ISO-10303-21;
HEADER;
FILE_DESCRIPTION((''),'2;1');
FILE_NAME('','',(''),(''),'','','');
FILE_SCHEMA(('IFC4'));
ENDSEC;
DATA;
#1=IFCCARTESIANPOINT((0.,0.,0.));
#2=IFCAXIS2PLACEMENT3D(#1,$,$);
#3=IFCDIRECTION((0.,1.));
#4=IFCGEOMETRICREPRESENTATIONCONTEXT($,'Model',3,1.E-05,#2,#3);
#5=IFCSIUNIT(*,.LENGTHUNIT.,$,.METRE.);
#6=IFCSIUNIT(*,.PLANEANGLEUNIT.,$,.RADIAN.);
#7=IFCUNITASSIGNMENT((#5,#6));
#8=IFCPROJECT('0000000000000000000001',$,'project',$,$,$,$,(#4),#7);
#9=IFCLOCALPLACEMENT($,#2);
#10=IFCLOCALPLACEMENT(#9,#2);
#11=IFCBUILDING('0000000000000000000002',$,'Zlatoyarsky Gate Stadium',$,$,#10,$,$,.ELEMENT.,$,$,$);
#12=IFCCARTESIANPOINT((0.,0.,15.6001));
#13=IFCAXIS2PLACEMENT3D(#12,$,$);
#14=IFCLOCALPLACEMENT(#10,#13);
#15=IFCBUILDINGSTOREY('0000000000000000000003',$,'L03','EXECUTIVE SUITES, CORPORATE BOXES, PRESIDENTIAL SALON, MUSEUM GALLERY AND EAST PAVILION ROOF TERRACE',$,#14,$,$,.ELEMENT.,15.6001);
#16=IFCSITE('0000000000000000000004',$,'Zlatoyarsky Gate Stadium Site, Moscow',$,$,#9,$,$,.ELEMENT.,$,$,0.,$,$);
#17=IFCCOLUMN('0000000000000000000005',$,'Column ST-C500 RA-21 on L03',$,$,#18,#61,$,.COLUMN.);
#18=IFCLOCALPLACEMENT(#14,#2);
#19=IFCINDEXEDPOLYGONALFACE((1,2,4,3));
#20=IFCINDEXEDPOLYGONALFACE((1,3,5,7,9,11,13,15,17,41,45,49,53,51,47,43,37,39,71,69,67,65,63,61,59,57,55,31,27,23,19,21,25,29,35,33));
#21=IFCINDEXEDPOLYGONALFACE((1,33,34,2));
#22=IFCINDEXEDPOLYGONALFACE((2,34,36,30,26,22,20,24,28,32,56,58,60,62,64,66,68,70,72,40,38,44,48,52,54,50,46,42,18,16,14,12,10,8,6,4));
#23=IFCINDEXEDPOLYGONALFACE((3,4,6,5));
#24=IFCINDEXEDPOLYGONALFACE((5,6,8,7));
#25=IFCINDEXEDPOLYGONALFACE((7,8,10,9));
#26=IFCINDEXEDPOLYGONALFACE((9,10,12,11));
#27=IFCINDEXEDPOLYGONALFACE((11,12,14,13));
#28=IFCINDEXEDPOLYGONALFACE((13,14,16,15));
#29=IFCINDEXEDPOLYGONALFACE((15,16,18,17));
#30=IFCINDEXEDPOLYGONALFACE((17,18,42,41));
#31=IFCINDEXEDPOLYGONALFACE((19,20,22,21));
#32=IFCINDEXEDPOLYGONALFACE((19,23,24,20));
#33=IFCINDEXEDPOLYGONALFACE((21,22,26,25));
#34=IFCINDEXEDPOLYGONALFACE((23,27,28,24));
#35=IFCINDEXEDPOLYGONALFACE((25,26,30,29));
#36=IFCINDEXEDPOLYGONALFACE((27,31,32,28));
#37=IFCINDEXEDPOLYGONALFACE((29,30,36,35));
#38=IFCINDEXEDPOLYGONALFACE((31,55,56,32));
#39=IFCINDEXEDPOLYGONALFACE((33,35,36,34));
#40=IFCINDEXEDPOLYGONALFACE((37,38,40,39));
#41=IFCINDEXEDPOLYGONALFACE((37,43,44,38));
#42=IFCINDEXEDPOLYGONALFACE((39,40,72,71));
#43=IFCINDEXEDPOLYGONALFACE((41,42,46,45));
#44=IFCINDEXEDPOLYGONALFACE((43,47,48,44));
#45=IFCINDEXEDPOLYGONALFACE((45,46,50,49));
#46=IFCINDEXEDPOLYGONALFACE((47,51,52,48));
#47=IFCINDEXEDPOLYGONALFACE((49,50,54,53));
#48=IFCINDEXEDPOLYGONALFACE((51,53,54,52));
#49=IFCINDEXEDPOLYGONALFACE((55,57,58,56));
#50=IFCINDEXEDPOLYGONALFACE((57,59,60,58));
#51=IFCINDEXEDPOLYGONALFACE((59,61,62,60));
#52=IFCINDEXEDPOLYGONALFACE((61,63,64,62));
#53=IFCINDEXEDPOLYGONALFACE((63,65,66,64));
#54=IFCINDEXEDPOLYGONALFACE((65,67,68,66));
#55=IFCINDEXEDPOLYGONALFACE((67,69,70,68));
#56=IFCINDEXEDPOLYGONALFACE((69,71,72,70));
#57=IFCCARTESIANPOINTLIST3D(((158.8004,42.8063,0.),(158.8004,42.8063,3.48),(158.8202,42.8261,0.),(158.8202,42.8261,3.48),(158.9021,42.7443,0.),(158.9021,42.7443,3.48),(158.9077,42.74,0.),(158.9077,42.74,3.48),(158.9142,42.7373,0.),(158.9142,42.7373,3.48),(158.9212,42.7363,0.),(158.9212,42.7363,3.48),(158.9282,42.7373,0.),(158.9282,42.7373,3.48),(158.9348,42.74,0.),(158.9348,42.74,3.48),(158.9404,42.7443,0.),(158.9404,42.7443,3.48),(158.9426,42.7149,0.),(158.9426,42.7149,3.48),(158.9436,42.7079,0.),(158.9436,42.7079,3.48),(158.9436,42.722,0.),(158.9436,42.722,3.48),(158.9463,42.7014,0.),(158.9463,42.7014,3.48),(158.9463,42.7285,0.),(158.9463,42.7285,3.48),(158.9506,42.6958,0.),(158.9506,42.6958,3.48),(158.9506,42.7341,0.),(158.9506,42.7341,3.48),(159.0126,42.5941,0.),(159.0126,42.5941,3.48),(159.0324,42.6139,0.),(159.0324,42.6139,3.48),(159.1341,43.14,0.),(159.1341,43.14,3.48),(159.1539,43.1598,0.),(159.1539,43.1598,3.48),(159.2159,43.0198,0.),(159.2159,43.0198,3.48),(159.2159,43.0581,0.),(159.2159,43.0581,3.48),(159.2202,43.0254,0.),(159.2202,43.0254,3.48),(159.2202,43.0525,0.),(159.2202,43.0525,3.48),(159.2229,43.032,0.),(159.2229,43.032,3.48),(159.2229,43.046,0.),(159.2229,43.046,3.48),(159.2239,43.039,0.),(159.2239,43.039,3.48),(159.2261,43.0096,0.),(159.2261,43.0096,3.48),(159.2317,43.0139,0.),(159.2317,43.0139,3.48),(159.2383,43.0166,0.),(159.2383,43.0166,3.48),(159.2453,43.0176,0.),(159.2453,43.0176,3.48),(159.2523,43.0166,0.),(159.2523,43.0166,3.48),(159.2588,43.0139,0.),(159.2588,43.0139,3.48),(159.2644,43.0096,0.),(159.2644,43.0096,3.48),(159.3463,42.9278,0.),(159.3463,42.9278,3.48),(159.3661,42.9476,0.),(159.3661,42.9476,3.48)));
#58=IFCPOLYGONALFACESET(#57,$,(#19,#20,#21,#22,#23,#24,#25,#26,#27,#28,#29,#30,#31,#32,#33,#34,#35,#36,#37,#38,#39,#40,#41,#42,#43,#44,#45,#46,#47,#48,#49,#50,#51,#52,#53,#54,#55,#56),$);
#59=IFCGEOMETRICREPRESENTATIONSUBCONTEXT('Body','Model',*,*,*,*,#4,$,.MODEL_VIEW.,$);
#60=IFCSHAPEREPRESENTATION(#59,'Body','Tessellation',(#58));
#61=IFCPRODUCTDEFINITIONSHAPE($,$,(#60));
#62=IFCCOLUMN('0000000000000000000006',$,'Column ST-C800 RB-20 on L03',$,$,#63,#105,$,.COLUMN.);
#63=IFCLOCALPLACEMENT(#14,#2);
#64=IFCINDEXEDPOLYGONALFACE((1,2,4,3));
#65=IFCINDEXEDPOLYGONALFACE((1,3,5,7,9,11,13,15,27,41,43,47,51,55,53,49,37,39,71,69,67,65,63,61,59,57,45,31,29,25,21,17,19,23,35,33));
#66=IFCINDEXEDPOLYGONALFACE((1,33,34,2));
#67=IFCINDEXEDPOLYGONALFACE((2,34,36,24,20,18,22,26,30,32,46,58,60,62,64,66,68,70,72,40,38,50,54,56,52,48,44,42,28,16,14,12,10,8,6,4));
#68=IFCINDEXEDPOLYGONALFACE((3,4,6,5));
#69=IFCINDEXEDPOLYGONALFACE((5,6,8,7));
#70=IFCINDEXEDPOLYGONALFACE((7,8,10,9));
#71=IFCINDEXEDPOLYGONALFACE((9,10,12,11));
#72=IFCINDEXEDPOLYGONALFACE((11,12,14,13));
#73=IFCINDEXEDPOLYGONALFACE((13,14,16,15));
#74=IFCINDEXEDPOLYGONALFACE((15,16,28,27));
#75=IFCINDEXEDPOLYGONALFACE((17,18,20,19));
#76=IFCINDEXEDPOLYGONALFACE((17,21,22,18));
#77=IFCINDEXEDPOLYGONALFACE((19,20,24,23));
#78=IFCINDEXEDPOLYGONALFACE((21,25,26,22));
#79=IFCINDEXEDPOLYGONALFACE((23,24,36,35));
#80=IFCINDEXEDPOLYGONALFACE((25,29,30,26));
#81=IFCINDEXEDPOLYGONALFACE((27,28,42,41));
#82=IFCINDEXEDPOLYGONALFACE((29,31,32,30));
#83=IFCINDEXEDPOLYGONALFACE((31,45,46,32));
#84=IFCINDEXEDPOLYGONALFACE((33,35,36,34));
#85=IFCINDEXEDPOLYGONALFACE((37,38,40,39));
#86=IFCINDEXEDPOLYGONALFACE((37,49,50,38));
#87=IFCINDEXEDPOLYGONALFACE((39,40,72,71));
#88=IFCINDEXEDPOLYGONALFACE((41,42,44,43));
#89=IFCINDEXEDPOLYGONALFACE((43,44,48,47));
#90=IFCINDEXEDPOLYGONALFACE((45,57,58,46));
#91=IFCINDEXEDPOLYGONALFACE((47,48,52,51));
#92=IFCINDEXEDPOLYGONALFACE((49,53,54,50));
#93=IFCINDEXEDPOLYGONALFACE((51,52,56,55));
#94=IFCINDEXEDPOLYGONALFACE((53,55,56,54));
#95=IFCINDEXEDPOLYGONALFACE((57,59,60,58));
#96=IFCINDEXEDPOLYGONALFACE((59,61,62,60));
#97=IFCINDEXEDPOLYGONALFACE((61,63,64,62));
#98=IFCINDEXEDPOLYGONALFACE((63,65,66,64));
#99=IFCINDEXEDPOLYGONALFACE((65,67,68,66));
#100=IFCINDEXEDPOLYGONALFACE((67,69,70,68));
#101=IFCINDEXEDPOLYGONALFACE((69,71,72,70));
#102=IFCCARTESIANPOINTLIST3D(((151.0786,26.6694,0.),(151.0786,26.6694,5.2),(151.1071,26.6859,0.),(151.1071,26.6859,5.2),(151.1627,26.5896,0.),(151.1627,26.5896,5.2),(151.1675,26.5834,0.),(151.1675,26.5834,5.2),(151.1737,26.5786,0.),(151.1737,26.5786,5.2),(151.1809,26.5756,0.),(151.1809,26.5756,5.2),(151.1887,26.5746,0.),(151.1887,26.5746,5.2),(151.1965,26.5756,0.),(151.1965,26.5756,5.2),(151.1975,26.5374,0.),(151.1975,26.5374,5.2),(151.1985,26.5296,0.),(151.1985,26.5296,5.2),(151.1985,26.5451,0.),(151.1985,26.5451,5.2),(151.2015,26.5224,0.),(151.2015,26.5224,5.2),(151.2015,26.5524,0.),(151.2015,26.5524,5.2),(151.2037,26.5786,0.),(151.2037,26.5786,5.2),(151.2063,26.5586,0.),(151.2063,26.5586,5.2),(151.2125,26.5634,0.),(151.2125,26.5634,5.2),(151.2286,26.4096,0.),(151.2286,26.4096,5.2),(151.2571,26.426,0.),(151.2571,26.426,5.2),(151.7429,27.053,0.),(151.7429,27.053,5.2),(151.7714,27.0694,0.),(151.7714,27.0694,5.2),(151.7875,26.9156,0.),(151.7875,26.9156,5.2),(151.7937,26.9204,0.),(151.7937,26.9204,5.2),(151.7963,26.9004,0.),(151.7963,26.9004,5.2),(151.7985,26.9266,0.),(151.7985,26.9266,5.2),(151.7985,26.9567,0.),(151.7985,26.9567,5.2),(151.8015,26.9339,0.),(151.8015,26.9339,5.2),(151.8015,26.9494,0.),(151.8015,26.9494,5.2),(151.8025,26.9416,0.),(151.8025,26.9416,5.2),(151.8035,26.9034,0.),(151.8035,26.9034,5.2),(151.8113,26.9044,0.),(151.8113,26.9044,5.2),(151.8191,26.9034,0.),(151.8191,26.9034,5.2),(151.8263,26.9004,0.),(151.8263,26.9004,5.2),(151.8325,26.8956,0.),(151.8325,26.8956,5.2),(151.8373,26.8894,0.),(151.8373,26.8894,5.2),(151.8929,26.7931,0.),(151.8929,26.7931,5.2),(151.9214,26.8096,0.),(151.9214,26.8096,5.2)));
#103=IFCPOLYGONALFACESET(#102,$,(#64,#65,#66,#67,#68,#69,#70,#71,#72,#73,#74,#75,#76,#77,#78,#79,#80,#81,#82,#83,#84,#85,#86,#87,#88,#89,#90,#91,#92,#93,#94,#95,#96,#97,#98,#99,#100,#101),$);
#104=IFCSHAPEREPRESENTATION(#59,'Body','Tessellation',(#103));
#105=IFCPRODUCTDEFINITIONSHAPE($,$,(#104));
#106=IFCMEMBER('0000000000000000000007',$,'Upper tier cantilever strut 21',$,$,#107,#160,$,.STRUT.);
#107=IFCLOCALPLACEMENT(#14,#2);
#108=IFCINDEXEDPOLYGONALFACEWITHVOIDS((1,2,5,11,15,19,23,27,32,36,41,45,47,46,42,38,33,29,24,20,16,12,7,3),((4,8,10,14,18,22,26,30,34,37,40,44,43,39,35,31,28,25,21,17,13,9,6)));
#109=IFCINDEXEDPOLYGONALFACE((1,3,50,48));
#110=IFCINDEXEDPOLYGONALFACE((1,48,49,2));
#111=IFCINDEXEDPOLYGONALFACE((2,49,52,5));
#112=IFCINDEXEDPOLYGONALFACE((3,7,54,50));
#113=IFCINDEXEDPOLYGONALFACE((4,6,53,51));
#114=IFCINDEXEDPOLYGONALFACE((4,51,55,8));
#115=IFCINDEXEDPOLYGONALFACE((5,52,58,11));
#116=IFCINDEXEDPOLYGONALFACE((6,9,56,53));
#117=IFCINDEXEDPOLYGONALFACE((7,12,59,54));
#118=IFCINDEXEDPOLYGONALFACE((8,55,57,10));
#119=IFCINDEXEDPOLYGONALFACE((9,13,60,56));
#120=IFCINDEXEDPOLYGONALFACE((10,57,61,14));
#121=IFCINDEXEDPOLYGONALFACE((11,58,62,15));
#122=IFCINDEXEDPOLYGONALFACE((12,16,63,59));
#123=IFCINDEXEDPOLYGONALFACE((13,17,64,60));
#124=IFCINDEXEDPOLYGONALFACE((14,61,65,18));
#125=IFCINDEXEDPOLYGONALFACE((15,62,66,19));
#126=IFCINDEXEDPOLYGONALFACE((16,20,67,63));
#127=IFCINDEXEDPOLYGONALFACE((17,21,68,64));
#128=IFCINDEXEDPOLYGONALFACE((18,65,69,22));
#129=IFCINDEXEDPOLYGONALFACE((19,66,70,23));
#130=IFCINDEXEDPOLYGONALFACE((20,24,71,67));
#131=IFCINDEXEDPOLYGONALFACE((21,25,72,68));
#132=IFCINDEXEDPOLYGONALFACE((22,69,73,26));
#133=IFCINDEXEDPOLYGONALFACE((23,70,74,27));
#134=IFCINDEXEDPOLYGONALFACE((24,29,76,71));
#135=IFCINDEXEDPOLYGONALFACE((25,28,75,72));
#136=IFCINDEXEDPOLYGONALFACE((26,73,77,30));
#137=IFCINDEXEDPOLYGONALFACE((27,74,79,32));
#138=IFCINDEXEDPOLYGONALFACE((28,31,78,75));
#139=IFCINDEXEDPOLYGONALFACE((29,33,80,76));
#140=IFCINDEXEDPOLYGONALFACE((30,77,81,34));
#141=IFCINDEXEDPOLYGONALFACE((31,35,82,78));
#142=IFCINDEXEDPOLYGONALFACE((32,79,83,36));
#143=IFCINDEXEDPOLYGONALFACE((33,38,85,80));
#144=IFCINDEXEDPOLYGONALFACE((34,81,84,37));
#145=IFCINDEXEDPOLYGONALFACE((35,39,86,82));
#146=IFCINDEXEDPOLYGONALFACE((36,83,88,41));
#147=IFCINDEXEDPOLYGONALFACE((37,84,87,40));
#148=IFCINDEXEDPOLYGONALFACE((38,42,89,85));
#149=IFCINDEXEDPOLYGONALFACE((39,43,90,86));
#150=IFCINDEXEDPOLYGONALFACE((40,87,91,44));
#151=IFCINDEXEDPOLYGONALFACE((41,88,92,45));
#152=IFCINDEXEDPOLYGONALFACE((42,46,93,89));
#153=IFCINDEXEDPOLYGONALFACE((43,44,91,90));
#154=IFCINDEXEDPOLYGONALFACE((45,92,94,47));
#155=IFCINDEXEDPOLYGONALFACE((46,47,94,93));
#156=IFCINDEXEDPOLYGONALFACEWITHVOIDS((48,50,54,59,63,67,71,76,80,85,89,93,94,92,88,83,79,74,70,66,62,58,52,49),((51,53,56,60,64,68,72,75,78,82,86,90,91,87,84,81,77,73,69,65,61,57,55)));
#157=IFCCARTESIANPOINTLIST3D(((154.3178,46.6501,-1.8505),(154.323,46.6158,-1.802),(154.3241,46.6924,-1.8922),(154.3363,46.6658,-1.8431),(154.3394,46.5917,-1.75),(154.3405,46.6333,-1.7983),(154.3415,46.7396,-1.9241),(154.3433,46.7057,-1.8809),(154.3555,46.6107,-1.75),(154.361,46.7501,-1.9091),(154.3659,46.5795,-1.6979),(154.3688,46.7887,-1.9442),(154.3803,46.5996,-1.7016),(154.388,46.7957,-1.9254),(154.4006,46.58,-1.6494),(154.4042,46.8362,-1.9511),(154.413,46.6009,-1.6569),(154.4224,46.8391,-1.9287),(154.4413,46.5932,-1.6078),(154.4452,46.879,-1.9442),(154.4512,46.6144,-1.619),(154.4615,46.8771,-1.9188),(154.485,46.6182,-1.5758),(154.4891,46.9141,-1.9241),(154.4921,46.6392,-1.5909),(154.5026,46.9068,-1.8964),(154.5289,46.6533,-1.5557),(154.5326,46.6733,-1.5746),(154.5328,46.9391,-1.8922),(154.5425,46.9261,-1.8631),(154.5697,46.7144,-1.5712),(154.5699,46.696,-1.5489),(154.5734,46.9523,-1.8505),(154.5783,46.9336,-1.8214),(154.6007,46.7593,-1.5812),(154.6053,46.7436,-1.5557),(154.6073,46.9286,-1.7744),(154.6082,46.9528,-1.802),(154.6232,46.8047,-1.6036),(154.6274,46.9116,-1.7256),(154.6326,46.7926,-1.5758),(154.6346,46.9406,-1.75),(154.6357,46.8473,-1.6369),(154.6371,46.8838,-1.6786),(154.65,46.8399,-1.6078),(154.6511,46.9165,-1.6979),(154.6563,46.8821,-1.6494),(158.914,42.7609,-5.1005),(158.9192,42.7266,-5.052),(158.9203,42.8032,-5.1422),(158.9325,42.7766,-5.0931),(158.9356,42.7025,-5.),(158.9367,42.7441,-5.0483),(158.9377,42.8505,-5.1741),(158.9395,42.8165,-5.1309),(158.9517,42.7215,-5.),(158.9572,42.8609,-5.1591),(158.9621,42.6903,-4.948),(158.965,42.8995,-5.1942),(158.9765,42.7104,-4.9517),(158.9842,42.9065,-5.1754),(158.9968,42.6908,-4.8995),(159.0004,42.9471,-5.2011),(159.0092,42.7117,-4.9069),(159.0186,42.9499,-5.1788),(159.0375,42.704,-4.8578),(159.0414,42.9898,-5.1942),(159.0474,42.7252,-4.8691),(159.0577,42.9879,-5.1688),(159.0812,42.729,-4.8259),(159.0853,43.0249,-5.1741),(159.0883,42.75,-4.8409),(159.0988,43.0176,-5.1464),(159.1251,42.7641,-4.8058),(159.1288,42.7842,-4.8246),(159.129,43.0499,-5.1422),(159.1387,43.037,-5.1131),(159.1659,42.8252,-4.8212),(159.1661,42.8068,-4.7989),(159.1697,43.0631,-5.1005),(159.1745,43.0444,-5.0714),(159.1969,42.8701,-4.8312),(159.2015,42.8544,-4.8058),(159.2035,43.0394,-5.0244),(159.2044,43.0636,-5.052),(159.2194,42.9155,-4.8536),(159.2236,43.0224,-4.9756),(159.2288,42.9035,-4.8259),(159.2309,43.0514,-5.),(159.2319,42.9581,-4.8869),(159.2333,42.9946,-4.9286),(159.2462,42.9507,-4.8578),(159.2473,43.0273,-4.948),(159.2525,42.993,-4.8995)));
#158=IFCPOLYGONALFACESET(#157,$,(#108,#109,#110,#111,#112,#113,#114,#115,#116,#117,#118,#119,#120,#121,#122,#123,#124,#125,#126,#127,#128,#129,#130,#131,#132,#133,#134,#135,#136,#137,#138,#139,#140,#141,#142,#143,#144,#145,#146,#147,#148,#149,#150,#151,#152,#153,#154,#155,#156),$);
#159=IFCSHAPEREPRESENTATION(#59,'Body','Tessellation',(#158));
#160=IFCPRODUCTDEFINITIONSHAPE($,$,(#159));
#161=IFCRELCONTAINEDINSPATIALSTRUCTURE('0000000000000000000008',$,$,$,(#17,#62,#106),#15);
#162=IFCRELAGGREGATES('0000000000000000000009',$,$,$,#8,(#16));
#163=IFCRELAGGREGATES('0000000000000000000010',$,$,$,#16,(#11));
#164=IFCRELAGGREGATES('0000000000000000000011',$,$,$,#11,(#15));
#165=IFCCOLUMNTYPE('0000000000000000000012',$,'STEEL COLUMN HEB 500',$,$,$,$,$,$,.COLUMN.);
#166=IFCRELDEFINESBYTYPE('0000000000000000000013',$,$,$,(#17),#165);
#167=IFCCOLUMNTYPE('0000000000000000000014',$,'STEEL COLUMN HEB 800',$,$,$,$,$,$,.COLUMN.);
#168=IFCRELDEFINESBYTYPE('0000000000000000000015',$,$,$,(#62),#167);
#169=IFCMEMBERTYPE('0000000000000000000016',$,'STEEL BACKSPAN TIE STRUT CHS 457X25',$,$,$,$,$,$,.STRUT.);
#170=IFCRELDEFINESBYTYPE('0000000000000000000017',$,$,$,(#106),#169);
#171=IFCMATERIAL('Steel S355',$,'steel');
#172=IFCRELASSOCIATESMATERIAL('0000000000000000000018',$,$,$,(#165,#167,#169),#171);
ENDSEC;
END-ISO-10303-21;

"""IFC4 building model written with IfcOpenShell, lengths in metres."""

from ifc_helpers import new_model, si_unit, direction, frame, origin, origin_2d, place, context, subcontext, project, spatial, hollow_circle, i_section, extrude, material, material_profile, profile_set, type_object, element, save


model = new_model("IFC4")

# Units and contexts
model_context = context("Model", 3, precision=1e-05, world=origin(), true_north=direction((0.0, 1.0)))
body_context = subcontext(model_context, "Body", "Model", "MODEL_VIEW")
ifc_project = project(units=[si_unit("LENGTHUNIT", "METRE"), si_unit("PLANEANGLEUNIT", "RADIAN")], contexts=[model_context])

# Site, building, storey
site_placement = place(None, origin())
site = spatial("IfcSite", under=ifc_project, at=site_placement, Name="Zlatoyarsky Gate Stadium Site, Moscow", CompositionType="ELEMENT", RefElevation=0.0)
building_placement = place(site_placement, origin())
building = spatial("IfcBuilding", under=site, at=building_placement, Name="Zlatoyarsky Gate Stadium", CompositionType="ELEMENT")
storey_placement = place(building_placement, frame((0.0, 0.0, 15.6001)))
storey = spatial("IfcBuildingStorey", under=building, at=storey_placement, Name="L03", Description="EXECUTIVE SUITES, CORPORATE BOXES, PRESIDENTIAL SALON, MUSEUM GALLERY AND EAST PAVILION ROOF TERRACE", CompositionType="ELEMENT", Elevation=15.6001)

# Columns
ifc_material_1 = material(Name="Steel S355", Category="steel")
ifc_material_profile_1 = material_profile(ifc_material_1, i_section(OverallWidth=0.3, OverallDepth=0.5, WebThickness=0.0144, FlangeThickness=0.0281, FilletRadius=0.0271, at=origin_2d()), Name="HEB 500")
ifc_profile_set_1 = profile_set([ifc_material_profile_1], Name="Steel S355")
column_type_1 = type_object("IfcColumnType", Name="STEEL COLUMN HEB 500", PredefinedType="COLUMN", material=ifc_profile_set_1)
column_1_placement = place(storey_placement, frame((159.0833, 42.877, 0.0), z_axis=(0.0, 0.0, 1.0), x_axis=(0.707107, -0.707107, 0.0)))
element("IfcColumn", 1, at=column_1_placement, inside=storey, type_object=column_type_1, Name="Column ST-C500 RA-21 on L03", PredefinedType="COLUMN", context=body_context, shape_type="SweptSolid", body=[
    extrude(i_section(OverallWidth=0.3, OverallDepth=0.5, WebThickness=0.0144, FlangeThickness=0.0281, FilletRadius=0.0271, at=origin_2d()), origin(), (0.0, 0.0, 1.0), 3.48),
])
ifc_material_profile_2 = material_profile(ifc_material_1, i_section(OverallWidth=0.3, OverallDepth=0.8, WebThickness=0.0176, FlangeThickness=0.033, FilletRadius=0.03, at=origin_2d()), Name="HEB 800")
ifc_profile_set_2 = profile_set([ifc_material_profile_2], Name="Steel S355")
column_type_2 = type_object("IfcColumnType", Name="STEEL COLUMN HEB 800", PredefinedType="COLUMN", material=ifc_profile_set_2)
column_2_placement = place(storey_placement, frame((151.5, 26.7395, 0.0), z_axis=(0.0, 0.0, 1.0), x_axis=(0.5, -0.866025, 0.0)))
element("IfcColumn", 2, at=column_2_placement, inside=storey, type_object=column_type_2, Name="Column ST-C800 RB-20 on L03", PredefinedType="COLUMN", context=body_context, shape_type="SweptSolid", body=[
    extrude(i_section(OverallWidth=0.3, OverallDepth=0.8, WebThickness=0.0176, FlangeThickness=0.033, FilletRadius=0.03, at=origin_2d()), origin(), (0.0, 0.0, 1.0), 5.2),
])

# Member
ifc_material_profile_3 = material_profile(ifc_material_1, hollow_circle(Radius=0.2285, WallThickness=0.0249, at=origin_2d()), Name="CHS 457X25")
ifc_profile_set_3 = profile_set([ifc_material_profile_3], Name="Steel S355")
member_type = type_object("IfcMemberType", Name="STEEL BACKSPAN TIE STRUT CHS 457X25", PredefinedType="STRUT", material=ifc_profile_set_3)
member_placement = place(storey_placement, frame((159.0833, 42.877, -5.0), z_axis=(-0.671761, 0.568424, 0.475007), x_axis=(-0.64595, -0.76338, 0.0)))
element("IfcMember", 3, at=member_placement, inside=storey, type_object=member_type, Name="Upper tier cantilever strut 21", PredefinedType="STRUT", context=body_context, shape_type="SweptSolid", body=[
    extrude(hollow_circle(Radius=0.2285, WallThickness=0.0249, at=origin_2d()), origin(), (0.0, 0.0, 1.0), 6.842),
])

save(model, "model.ifc")
